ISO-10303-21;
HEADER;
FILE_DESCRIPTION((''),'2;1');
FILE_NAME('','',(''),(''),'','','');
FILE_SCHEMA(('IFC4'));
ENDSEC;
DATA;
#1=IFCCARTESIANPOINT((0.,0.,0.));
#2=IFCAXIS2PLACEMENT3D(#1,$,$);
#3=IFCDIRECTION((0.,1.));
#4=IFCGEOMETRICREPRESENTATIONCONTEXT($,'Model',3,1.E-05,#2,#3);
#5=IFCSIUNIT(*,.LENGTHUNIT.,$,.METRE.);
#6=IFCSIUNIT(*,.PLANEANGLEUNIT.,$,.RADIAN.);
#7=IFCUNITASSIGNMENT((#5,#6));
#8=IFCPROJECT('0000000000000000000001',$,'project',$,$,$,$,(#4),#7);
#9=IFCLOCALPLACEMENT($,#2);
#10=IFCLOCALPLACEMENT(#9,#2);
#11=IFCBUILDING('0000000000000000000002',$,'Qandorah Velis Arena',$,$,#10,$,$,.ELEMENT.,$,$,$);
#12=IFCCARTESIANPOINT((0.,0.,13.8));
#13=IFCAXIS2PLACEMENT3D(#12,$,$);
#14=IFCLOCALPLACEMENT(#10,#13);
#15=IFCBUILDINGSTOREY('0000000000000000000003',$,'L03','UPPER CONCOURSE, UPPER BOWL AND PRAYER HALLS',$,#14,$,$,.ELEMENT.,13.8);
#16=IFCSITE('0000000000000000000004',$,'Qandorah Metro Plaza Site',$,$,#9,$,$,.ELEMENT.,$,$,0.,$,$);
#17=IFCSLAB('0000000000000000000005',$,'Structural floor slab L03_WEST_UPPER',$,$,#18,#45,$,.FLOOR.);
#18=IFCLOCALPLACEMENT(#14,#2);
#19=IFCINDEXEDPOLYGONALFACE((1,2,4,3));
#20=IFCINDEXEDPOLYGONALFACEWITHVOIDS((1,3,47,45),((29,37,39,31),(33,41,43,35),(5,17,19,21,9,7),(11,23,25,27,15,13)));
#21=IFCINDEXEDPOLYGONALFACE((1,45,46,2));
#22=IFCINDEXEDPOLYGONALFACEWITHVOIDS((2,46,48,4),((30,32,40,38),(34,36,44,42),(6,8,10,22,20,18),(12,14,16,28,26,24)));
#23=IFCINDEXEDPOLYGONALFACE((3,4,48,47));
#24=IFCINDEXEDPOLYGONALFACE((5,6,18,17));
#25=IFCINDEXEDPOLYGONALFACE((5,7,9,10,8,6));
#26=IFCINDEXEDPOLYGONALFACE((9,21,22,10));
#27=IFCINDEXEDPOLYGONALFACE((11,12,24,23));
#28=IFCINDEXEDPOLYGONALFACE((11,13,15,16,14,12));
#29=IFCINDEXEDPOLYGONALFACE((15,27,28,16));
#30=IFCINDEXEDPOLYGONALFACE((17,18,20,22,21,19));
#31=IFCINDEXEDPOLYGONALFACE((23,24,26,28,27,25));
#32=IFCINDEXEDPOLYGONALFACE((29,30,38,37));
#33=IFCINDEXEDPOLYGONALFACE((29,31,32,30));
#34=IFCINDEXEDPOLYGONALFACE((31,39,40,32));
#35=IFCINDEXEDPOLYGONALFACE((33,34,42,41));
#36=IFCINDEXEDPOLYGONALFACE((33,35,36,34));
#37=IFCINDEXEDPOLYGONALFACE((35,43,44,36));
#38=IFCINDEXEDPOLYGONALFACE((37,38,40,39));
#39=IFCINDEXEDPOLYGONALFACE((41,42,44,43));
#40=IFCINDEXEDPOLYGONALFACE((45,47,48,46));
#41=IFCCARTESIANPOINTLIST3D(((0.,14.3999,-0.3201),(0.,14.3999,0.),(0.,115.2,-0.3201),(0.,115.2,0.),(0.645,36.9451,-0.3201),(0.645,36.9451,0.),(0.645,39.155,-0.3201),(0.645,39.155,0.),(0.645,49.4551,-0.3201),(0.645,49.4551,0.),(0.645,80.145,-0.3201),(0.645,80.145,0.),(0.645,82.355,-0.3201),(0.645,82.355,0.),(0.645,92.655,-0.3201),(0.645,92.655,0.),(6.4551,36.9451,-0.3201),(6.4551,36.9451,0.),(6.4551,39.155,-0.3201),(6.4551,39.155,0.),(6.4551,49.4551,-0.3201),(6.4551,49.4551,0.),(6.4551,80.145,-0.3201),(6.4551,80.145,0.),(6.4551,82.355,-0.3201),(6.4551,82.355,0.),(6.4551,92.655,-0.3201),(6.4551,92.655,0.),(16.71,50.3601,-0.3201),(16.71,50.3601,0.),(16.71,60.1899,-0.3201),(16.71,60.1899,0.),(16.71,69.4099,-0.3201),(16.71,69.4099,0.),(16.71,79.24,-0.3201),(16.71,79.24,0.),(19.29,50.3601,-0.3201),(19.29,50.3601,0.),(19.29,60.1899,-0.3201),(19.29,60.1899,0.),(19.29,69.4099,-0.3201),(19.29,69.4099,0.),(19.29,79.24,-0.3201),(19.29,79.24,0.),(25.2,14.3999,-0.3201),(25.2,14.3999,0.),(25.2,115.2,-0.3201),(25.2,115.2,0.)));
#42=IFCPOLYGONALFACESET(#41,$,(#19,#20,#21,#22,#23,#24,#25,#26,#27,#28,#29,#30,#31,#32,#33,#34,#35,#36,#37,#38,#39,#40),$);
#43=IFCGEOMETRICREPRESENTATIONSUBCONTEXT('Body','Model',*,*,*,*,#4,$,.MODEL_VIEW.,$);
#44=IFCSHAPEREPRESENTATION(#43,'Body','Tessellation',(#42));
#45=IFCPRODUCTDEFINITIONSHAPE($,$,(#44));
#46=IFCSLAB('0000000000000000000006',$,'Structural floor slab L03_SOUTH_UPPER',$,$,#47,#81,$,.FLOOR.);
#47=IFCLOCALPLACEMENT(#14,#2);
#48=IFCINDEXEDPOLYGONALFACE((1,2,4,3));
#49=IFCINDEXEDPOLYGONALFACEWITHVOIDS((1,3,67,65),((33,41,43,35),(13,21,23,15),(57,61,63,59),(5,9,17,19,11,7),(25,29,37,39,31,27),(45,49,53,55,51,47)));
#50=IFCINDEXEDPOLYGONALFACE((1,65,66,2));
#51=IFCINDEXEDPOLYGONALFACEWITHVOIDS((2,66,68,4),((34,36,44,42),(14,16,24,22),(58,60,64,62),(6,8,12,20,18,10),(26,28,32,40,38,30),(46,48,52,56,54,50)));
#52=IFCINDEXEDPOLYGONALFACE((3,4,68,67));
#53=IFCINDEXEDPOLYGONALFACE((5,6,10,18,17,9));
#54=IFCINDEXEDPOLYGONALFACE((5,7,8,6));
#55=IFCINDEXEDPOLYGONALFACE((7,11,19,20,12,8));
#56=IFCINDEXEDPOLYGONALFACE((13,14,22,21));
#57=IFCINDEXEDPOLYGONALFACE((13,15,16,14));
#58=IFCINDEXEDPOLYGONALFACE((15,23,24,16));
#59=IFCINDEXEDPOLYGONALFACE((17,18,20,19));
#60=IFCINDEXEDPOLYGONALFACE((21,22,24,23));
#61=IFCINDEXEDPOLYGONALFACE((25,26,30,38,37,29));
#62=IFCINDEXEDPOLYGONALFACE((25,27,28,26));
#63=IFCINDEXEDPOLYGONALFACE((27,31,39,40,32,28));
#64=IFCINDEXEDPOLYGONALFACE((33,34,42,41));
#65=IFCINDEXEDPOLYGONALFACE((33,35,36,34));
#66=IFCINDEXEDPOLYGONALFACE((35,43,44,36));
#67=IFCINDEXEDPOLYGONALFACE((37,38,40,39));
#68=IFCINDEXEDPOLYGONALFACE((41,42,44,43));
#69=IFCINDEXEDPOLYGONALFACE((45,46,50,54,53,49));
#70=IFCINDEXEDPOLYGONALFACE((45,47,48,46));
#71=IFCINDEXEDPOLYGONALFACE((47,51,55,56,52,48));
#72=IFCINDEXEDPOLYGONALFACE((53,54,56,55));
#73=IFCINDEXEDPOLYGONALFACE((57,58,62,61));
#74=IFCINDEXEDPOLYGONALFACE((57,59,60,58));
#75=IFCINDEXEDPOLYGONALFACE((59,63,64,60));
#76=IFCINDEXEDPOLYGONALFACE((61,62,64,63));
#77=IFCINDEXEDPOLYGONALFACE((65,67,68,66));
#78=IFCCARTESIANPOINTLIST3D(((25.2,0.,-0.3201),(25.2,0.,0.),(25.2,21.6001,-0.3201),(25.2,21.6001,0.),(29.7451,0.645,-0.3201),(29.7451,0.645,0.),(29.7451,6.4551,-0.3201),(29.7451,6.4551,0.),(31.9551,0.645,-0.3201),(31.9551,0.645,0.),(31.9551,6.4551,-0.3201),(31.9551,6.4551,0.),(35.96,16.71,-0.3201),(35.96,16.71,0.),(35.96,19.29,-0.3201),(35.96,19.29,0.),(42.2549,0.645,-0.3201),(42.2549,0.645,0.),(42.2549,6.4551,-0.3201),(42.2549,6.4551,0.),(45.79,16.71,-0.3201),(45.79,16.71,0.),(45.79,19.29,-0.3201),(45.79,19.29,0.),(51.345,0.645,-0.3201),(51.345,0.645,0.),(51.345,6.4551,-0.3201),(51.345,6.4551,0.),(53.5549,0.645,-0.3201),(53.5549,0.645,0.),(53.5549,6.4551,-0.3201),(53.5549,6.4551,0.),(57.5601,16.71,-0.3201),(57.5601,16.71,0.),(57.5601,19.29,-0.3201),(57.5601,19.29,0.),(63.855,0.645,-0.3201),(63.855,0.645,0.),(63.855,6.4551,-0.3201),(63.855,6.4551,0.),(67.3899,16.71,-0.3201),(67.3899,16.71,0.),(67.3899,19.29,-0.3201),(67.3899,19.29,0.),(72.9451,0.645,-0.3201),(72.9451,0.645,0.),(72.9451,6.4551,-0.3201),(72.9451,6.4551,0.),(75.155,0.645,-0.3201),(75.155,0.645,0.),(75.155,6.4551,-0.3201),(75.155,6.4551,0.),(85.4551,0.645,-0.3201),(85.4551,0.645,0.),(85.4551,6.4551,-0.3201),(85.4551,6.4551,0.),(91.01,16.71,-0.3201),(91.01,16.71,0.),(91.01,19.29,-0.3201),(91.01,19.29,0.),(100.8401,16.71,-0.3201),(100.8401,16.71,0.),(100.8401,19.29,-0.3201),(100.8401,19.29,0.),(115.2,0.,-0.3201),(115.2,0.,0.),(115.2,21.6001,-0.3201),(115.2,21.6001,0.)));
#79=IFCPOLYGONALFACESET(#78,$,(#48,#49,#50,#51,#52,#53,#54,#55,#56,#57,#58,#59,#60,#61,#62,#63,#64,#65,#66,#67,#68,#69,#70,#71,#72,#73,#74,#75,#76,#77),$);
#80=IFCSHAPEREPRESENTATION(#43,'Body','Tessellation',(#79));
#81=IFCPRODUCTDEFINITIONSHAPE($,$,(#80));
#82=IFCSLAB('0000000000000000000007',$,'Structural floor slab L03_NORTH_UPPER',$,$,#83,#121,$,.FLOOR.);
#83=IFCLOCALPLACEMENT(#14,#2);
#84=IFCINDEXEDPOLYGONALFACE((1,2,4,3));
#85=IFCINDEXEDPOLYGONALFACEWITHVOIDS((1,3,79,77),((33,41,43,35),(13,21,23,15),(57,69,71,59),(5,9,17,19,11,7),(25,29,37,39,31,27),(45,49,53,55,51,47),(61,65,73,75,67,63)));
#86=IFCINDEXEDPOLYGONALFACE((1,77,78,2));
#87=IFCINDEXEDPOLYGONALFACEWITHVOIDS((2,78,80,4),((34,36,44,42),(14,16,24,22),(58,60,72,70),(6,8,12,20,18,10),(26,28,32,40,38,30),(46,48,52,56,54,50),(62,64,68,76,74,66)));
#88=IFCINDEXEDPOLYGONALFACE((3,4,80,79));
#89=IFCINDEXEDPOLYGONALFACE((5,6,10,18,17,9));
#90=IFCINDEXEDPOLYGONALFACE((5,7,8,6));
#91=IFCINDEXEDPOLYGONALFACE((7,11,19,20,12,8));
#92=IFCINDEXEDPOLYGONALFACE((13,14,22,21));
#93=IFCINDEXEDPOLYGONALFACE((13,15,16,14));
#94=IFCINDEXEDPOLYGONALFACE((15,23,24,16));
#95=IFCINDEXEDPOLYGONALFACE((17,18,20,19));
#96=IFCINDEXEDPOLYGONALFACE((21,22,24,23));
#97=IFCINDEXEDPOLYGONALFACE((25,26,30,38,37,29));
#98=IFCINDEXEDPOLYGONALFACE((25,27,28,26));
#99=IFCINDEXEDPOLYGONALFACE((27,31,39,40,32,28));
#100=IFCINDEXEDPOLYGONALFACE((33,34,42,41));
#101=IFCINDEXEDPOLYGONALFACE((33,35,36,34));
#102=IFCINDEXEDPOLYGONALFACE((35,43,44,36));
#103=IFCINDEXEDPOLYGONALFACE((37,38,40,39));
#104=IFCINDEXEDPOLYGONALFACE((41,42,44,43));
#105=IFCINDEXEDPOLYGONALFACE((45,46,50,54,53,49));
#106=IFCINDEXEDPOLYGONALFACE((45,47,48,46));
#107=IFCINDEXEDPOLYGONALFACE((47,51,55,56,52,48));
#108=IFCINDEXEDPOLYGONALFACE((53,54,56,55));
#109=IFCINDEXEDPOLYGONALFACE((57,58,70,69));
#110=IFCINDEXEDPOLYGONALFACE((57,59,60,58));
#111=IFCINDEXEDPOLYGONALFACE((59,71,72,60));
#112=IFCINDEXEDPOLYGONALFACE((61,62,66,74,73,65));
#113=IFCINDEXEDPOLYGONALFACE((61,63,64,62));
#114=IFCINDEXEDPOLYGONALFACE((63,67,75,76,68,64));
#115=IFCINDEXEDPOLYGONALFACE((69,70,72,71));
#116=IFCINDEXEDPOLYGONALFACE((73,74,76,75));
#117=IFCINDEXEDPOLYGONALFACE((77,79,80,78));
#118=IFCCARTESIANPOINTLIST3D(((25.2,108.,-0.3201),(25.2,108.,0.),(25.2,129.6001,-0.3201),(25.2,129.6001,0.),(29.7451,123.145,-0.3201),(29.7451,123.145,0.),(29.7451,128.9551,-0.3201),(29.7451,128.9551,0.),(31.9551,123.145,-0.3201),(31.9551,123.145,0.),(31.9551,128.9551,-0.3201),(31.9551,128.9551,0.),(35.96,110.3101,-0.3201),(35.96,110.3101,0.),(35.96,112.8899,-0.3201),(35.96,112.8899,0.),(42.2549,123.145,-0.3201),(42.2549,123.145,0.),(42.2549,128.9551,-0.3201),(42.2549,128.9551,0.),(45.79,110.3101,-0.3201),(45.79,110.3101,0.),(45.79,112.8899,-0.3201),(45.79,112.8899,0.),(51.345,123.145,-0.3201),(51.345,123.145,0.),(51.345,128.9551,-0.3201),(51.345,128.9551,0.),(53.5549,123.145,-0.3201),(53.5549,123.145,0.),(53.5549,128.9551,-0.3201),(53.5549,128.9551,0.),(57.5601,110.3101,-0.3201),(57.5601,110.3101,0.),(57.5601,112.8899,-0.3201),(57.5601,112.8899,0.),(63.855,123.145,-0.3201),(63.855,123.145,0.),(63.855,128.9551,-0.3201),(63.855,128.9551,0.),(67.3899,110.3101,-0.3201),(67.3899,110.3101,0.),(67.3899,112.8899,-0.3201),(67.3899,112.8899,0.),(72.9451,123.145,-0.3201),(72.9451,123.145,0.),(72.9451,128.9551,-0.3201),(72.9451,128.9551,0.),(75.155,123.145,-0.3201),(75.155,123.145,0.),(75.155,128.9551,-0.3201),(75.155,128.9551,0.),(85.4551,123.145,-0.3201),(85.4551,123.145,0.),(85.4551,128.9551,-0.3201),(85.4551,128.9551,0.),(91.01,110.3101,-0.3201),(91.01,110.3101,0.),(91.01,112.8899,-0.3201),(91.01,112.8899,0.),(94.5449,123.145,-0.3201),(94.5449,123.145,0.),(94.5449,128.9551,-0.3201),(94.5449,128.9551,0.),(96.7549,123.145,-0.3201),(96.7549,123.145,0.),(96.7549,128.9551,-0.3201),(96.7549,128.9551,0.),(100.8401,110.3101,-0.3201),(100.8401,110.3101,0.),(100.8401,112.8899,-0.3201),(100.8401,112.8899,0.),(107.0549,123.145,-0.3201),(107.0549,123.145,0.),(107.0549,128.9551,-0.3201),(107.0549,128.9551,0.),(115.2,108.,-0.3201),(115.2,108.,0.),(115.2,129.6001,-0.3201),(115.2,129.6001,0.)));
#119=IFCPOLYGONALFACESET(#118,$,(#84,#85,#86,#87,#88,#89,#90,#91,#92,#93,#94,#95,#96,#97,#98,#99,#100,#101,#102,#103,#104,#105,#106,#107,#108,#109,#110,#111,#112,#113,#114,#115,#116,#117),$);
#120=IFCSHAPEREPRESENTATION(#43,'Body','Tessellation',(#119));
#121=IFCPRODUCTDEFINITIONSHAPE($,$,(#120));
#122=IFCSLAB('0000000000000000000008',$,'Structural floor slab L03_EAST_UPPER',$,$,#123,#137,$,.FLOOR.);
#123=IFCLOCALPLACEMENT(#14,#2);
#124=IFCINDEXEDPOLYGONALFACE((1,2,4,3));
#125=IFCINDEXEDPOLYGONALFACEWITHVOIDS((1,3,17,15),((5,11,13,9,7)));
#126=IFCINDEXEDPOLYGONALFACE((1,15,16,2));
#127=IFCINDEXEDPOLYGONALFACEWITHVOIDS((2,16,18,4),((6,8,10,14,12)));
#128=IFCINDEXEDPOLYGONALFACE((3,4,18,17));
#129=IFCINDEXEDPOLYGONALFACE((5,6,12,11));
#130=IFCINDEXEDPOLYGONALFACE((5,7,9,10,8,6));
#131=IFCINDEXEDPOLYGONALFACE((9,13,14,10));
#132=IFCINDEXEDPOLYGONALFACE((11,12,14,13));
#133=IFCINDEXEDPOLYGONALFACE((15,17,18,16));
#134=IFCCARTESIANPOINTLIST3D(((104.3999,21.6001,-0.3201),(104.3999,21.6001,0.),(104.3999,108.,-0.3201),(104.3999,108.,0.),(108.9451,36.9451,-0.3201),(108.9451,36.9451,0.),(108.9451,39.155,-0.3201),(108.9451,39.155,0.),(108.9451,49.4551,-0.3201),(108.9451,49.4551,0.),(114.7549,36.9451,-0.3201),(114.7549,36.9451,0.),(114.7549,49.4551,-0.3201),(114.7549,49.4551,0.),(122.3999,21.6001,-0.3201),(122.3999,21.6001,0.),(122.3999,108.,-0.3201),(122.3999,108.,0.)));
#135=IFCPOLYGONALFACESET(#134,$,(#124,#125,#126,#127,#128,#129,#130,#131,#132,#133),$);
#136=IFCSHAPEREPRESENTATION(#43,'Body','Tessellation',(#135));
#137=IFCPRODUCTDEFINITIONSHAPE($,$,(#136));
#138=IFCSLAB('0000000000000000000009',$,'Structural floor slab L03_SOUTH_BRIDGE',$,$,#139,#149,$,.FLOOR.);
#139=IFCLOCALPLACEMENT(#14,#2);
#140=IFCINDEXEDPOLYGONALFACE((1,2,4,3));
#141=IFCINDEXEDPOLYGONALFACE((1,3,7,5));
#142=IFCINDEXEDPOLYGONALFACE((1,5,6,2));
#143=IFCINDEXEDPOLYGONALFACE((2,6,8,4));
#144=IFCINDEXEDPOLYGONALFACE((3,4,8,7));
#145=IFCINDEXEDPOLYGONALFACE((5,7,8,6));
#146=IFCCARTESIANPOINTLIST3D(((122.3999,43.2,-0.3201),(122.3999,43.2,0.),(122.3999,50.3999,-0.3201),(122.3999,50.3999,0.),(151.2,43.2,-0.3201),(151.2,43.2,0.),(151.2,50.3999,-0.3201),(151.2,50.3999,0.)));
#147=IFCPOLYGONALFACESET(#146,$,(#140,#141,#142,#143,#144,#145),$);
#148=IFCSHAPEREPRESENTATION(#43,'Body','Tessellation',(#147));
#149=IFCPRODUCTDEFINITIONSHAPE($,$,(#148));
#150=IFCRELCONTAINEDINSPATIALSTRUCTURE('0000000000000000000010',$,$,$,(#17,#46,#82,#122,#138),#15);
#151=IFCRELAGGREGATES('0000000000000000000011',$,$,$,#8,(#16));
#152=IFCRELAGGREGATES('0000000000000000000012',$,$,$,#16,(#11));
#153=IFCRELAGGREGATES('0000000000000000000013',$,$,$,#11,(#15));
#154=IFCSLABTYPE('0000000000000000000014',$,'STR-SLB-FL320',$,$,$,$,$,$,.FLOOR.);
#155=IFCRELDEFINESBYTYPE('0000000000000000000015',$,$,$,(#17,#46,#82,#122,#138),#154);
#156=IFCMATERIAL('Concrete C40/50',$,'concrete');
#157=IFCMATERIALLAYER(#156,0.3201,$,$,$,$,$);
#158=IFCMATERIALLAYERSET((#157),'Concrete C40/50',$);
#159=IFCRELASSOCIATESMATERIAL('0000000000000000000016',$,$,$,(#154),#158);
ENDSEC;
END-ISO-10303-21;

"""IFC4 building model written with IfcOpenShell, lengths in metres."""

from ifc_helpers import new_model, si_unit, direction, frame, origin, place, context, subcontext, project, spatial, polyline, outline, extrude, material, layer, layer_set, type_object, element, save


model = new_model("IFC4")

# Units and contexts
model_context = context("Model", 3, precision=1e-05, world=origin(), true_north=direction((0.0, 1.0)))
body_context = subcontext(model_context, "Body", "Model", "MODEL_VIEW")
ifc_project = project(units=[si_unit("LENGTHUNIT", "METRE"), si_unit("PLANEANGLEUNIT", "RADIAN")], contexts=[model_context])

# Site, building, storey
site_placement = place(None, origin())
site = spatial("IfcSite", under=ifc_project, at=site_placement, Name="Qandorah Metro Plaza Site", CompositionType="ELEMENT", RefElevation=0.0)
building_placement = place(site_placement, origin())
building = spatial("IfcBuilding", under=site, at=building_placement, Name="Qandorah Velis Arena", CompositionType="ELEMENT")
storey_placement = place(building_placement, frame((0.0, 0.0, 13.8)))
storey = spatial("IfcBuildingStorey", under=building, at=storey_placement, Name="L03", Description="UPPER CONCOURSE, UPPER BOWL AND PRAYER HALLS", CompositionType="ELEMENT", Elevation=13.8)

# Slabs
ifc_material_1 = material(Name="Concrete C40/50", Category="concrete")
ifc_layer_1 = layer(ifc_material_1, 0.3201)
ifc_layer_set_1 = layer_set([ifc_layer_1], Name="Concrete C40/50")
slab_type_1 = type_object("IfcSlabType", Name="STR-SLB-FL320", PredefinedType="FLOOR", material=ifc_layer_set_1)
slab_1_placement = place(storey_placement, frame((0.0, 0.0, -0.3201)))
element("IfcSlab", 1, at=slab_1_placement, inside=storey, type_object=slab_type_1, Name="Structural floor slab L03_WEST_UPPER", PredefinedType="FLOOR", context=body_context, shape_type="SweptSolid", body=[
    extrude(outline(polyline([(0.0, 115.2), (25.2, 115.2), (25.2, 14.3999), (0.0, 14.3999), (0.0, 115.2)]), holes=[polyline([(6.4551, 49.4551), (0.645, 49.4551), (0.645, 39.155), (0.645, 36.9451), (6.4551, 36.9451), (6.4551, 39.155), (6.4551, 49.4551)]), polyline([(6.4551, 82.355), (6.4551, 92.655), (0.645, 92.655), (0.645, 82.355), (0.645, 80.145), (6.4551, 80.145), (6.4551, 82.355)]), polyline([(16.71, 60.1899), (16.71, 50.3601), (19.29, 50.3601), (19.29, 60.1899), (16.71, 60.1899)]), polyline([(19.29, 79.24), (16.71, 79.24), (16.71, 69.4099), (19.29, 69.4099), (19.29, 79.24)])]), origin(), (0.0, 0.0, 1.0), 0.3201),
])
slab_2_placement = place(storey_placement, frame((0.0, 0.0, -0.3201)))
element("IfcSlab", 2, at=slab_2_placement, inside=storey, type_object=slab_type_1, Name="Structural floor slab L03_SOUTH_UPPER", PredefinedType="FLOOR", context=body_context, shape_type="SweptSolid", body=[
    extrude(outline(polyline([(25.2, 0.0), (25.2, 21.6001), (115.2, 21.6001), (115.2, 0.0), (25.2, 0.0)]), holes=[polyline([(29.7451, 0.645), (31.9551, 0.645), (42.2549, 0.645), (42.2549, 6.4551), (31.9551, 6.4551), (29.7451, 6.4551), (29.7451, 0.645)]), polyline([(72.9451, 6.4551), (72.9451, 0.645), (75.155, 0.645), (85.4551, 0.645), (85.4551, 6.4551), (75.155, 6.4551), (72.9451, 6.4551)]), polyline([(63.855, 6.4551), (53.5549, 6.4551), (51.345, 6.4551), (51.345, 6.4551), (51.345, 0.645), (51.345, 0.645), (53.5549, 0.645), (63.855, 0.645), (63.855, 6.4551)]), polyline([(35.96, 16.71), (45.79, 16.71), (45.79, 19.29), (35.96, 19.29), (35.96, 16.71)]), polyline([(57.5601, 19.29), (57.5601, 16.71), (67.3899, 16.71), (67.3899, 19.29), (57.5601, 19.29)]), polyline([(100.8401, 19.29), (91.01, 19.29), (91.01, 16.71), (100.8401, 16.71), (100.8401, 19.29)])]), origin(), (0.0, 0.0, 1.0), 0.3201),
])
slab_3_placement = place(storey_placement, frame((0.0, 0.0, -0.3201)))
element("IfcSlab", 3, at=slab_3_placement, inside=storey, type_object=slab_type_1, Name="Structural floor slab L03_NORTH_UPPER", PredefinedType="FLOOR", context=body_context, shape_type="SweptSolid", body=[
    extrude(outline(polyline([(115.2, 129.6001), (115.2, 108.0), (25.2, 108.0), (25.2, 129.6001), (115.2, 129.6001)]), holes=[polyline([(42.2549, 128.9551), (31.9551, 128.9551), (31.9551, 128.9551), (29.7451, 128.9551), (29.7451, 128.9551), (29.7451, 123.145), (31.9551, 123.145), (42.2549, 123.145), (42.2549, 128.9551)]), polyline([(85.4551, 123.145), (85.4551, 128.9551), (75.155, 128.9551), (75.155, 128.9551), (72.9451, 128.9551), (72.9451, 128.9551), (72.9451, 123.145), (75.155, 123.145), (85.4551, 123.145)]), polyline([(53.5549, 123.145), (63.855, 123.145), (63.855, 128.9551), (53.5549, 128.9551), (53.5549, 128.9551), (51.345, 128.9551), (51.345, 123.145), (51.345, 123.145), (53.5549, 123.145)]), polyline([(94.5449, 123.145), (96.7549, 123.145), (107.0549, 123.145), (107.0549, 128.9551), (96.7549, 128.9551), (96.7549, 128.9551), (94.5449, 128.9551), (94.5449, 128.9551), (94.5449, 123.145)]), polyline([(35.96, 110.3101), (45.79, 110.3101), (45.79, 112.8899), (35.96, 112.8899), (35.96, 110.3101)]), polyline([(57.5601, 112.8899), (57.5601, 110.3101), (67.3899, 110.3101), (67.3899, 112.8899), (57.5601, 112.8899)]), polyline([(100.8401, 112.8899), (91.01, 112.8899), (91.01, 110.3101), (100.8401, 110.3101), (100.8401, 112.8899)])]), origin(), (0.0, 0.0, 1.0), 0.3201),
])
slab_4_placement = place(storey_placement, frame((0.0, 0.0, -0.3201)))
element("IfcSlab", 4, at=slab_4_placement, inside=storey, type_object=slab_type_1, Name="Structural floor slab L03_EAST_UPPER", PredefinedType="FLOOR", context=body_context, shape_type="SweptSolid", body=[
    extrude(outline(polyline([(104.3999, 108.0), (122.3999, 108.0), (122.3999, 21.6001), (104.3999, 21.6001), (104.3999, 108.0)]), holes=[polyline([(108.9451, 36.9451), (114.7549, 36.9451), (114.7549, 36.9451), (114.7549, 49.4551), (108.9451, 49.4551), (108.9451, 39.155), (108.9451, 36.9451)])]), origin(), (0.0, 0.0, 1.0), 0.3201),
])
slab_5_placement = place(storey_placement, frame((0.0, 0.0, -0.3201)))
element("IfcSlab", 5, at=slab_5_placement, inside=storey, type_object=slab_type_1, Name="Structural floor slab L03_SOUTH_BRIDGE", PredefinedType="FLOOR", context=body_context, shape_type="SweptSolid", body=[
    extrude(outline(polyline([(151.2, 43.2), (151.2, 50.3999), (122.3999, 50.3999), (122.3999, 43.2), (151.2, 43.2)])), origin(), (0.0, 0.0, 1.0), 0.3201),
])

save(model, "model.ifc")
